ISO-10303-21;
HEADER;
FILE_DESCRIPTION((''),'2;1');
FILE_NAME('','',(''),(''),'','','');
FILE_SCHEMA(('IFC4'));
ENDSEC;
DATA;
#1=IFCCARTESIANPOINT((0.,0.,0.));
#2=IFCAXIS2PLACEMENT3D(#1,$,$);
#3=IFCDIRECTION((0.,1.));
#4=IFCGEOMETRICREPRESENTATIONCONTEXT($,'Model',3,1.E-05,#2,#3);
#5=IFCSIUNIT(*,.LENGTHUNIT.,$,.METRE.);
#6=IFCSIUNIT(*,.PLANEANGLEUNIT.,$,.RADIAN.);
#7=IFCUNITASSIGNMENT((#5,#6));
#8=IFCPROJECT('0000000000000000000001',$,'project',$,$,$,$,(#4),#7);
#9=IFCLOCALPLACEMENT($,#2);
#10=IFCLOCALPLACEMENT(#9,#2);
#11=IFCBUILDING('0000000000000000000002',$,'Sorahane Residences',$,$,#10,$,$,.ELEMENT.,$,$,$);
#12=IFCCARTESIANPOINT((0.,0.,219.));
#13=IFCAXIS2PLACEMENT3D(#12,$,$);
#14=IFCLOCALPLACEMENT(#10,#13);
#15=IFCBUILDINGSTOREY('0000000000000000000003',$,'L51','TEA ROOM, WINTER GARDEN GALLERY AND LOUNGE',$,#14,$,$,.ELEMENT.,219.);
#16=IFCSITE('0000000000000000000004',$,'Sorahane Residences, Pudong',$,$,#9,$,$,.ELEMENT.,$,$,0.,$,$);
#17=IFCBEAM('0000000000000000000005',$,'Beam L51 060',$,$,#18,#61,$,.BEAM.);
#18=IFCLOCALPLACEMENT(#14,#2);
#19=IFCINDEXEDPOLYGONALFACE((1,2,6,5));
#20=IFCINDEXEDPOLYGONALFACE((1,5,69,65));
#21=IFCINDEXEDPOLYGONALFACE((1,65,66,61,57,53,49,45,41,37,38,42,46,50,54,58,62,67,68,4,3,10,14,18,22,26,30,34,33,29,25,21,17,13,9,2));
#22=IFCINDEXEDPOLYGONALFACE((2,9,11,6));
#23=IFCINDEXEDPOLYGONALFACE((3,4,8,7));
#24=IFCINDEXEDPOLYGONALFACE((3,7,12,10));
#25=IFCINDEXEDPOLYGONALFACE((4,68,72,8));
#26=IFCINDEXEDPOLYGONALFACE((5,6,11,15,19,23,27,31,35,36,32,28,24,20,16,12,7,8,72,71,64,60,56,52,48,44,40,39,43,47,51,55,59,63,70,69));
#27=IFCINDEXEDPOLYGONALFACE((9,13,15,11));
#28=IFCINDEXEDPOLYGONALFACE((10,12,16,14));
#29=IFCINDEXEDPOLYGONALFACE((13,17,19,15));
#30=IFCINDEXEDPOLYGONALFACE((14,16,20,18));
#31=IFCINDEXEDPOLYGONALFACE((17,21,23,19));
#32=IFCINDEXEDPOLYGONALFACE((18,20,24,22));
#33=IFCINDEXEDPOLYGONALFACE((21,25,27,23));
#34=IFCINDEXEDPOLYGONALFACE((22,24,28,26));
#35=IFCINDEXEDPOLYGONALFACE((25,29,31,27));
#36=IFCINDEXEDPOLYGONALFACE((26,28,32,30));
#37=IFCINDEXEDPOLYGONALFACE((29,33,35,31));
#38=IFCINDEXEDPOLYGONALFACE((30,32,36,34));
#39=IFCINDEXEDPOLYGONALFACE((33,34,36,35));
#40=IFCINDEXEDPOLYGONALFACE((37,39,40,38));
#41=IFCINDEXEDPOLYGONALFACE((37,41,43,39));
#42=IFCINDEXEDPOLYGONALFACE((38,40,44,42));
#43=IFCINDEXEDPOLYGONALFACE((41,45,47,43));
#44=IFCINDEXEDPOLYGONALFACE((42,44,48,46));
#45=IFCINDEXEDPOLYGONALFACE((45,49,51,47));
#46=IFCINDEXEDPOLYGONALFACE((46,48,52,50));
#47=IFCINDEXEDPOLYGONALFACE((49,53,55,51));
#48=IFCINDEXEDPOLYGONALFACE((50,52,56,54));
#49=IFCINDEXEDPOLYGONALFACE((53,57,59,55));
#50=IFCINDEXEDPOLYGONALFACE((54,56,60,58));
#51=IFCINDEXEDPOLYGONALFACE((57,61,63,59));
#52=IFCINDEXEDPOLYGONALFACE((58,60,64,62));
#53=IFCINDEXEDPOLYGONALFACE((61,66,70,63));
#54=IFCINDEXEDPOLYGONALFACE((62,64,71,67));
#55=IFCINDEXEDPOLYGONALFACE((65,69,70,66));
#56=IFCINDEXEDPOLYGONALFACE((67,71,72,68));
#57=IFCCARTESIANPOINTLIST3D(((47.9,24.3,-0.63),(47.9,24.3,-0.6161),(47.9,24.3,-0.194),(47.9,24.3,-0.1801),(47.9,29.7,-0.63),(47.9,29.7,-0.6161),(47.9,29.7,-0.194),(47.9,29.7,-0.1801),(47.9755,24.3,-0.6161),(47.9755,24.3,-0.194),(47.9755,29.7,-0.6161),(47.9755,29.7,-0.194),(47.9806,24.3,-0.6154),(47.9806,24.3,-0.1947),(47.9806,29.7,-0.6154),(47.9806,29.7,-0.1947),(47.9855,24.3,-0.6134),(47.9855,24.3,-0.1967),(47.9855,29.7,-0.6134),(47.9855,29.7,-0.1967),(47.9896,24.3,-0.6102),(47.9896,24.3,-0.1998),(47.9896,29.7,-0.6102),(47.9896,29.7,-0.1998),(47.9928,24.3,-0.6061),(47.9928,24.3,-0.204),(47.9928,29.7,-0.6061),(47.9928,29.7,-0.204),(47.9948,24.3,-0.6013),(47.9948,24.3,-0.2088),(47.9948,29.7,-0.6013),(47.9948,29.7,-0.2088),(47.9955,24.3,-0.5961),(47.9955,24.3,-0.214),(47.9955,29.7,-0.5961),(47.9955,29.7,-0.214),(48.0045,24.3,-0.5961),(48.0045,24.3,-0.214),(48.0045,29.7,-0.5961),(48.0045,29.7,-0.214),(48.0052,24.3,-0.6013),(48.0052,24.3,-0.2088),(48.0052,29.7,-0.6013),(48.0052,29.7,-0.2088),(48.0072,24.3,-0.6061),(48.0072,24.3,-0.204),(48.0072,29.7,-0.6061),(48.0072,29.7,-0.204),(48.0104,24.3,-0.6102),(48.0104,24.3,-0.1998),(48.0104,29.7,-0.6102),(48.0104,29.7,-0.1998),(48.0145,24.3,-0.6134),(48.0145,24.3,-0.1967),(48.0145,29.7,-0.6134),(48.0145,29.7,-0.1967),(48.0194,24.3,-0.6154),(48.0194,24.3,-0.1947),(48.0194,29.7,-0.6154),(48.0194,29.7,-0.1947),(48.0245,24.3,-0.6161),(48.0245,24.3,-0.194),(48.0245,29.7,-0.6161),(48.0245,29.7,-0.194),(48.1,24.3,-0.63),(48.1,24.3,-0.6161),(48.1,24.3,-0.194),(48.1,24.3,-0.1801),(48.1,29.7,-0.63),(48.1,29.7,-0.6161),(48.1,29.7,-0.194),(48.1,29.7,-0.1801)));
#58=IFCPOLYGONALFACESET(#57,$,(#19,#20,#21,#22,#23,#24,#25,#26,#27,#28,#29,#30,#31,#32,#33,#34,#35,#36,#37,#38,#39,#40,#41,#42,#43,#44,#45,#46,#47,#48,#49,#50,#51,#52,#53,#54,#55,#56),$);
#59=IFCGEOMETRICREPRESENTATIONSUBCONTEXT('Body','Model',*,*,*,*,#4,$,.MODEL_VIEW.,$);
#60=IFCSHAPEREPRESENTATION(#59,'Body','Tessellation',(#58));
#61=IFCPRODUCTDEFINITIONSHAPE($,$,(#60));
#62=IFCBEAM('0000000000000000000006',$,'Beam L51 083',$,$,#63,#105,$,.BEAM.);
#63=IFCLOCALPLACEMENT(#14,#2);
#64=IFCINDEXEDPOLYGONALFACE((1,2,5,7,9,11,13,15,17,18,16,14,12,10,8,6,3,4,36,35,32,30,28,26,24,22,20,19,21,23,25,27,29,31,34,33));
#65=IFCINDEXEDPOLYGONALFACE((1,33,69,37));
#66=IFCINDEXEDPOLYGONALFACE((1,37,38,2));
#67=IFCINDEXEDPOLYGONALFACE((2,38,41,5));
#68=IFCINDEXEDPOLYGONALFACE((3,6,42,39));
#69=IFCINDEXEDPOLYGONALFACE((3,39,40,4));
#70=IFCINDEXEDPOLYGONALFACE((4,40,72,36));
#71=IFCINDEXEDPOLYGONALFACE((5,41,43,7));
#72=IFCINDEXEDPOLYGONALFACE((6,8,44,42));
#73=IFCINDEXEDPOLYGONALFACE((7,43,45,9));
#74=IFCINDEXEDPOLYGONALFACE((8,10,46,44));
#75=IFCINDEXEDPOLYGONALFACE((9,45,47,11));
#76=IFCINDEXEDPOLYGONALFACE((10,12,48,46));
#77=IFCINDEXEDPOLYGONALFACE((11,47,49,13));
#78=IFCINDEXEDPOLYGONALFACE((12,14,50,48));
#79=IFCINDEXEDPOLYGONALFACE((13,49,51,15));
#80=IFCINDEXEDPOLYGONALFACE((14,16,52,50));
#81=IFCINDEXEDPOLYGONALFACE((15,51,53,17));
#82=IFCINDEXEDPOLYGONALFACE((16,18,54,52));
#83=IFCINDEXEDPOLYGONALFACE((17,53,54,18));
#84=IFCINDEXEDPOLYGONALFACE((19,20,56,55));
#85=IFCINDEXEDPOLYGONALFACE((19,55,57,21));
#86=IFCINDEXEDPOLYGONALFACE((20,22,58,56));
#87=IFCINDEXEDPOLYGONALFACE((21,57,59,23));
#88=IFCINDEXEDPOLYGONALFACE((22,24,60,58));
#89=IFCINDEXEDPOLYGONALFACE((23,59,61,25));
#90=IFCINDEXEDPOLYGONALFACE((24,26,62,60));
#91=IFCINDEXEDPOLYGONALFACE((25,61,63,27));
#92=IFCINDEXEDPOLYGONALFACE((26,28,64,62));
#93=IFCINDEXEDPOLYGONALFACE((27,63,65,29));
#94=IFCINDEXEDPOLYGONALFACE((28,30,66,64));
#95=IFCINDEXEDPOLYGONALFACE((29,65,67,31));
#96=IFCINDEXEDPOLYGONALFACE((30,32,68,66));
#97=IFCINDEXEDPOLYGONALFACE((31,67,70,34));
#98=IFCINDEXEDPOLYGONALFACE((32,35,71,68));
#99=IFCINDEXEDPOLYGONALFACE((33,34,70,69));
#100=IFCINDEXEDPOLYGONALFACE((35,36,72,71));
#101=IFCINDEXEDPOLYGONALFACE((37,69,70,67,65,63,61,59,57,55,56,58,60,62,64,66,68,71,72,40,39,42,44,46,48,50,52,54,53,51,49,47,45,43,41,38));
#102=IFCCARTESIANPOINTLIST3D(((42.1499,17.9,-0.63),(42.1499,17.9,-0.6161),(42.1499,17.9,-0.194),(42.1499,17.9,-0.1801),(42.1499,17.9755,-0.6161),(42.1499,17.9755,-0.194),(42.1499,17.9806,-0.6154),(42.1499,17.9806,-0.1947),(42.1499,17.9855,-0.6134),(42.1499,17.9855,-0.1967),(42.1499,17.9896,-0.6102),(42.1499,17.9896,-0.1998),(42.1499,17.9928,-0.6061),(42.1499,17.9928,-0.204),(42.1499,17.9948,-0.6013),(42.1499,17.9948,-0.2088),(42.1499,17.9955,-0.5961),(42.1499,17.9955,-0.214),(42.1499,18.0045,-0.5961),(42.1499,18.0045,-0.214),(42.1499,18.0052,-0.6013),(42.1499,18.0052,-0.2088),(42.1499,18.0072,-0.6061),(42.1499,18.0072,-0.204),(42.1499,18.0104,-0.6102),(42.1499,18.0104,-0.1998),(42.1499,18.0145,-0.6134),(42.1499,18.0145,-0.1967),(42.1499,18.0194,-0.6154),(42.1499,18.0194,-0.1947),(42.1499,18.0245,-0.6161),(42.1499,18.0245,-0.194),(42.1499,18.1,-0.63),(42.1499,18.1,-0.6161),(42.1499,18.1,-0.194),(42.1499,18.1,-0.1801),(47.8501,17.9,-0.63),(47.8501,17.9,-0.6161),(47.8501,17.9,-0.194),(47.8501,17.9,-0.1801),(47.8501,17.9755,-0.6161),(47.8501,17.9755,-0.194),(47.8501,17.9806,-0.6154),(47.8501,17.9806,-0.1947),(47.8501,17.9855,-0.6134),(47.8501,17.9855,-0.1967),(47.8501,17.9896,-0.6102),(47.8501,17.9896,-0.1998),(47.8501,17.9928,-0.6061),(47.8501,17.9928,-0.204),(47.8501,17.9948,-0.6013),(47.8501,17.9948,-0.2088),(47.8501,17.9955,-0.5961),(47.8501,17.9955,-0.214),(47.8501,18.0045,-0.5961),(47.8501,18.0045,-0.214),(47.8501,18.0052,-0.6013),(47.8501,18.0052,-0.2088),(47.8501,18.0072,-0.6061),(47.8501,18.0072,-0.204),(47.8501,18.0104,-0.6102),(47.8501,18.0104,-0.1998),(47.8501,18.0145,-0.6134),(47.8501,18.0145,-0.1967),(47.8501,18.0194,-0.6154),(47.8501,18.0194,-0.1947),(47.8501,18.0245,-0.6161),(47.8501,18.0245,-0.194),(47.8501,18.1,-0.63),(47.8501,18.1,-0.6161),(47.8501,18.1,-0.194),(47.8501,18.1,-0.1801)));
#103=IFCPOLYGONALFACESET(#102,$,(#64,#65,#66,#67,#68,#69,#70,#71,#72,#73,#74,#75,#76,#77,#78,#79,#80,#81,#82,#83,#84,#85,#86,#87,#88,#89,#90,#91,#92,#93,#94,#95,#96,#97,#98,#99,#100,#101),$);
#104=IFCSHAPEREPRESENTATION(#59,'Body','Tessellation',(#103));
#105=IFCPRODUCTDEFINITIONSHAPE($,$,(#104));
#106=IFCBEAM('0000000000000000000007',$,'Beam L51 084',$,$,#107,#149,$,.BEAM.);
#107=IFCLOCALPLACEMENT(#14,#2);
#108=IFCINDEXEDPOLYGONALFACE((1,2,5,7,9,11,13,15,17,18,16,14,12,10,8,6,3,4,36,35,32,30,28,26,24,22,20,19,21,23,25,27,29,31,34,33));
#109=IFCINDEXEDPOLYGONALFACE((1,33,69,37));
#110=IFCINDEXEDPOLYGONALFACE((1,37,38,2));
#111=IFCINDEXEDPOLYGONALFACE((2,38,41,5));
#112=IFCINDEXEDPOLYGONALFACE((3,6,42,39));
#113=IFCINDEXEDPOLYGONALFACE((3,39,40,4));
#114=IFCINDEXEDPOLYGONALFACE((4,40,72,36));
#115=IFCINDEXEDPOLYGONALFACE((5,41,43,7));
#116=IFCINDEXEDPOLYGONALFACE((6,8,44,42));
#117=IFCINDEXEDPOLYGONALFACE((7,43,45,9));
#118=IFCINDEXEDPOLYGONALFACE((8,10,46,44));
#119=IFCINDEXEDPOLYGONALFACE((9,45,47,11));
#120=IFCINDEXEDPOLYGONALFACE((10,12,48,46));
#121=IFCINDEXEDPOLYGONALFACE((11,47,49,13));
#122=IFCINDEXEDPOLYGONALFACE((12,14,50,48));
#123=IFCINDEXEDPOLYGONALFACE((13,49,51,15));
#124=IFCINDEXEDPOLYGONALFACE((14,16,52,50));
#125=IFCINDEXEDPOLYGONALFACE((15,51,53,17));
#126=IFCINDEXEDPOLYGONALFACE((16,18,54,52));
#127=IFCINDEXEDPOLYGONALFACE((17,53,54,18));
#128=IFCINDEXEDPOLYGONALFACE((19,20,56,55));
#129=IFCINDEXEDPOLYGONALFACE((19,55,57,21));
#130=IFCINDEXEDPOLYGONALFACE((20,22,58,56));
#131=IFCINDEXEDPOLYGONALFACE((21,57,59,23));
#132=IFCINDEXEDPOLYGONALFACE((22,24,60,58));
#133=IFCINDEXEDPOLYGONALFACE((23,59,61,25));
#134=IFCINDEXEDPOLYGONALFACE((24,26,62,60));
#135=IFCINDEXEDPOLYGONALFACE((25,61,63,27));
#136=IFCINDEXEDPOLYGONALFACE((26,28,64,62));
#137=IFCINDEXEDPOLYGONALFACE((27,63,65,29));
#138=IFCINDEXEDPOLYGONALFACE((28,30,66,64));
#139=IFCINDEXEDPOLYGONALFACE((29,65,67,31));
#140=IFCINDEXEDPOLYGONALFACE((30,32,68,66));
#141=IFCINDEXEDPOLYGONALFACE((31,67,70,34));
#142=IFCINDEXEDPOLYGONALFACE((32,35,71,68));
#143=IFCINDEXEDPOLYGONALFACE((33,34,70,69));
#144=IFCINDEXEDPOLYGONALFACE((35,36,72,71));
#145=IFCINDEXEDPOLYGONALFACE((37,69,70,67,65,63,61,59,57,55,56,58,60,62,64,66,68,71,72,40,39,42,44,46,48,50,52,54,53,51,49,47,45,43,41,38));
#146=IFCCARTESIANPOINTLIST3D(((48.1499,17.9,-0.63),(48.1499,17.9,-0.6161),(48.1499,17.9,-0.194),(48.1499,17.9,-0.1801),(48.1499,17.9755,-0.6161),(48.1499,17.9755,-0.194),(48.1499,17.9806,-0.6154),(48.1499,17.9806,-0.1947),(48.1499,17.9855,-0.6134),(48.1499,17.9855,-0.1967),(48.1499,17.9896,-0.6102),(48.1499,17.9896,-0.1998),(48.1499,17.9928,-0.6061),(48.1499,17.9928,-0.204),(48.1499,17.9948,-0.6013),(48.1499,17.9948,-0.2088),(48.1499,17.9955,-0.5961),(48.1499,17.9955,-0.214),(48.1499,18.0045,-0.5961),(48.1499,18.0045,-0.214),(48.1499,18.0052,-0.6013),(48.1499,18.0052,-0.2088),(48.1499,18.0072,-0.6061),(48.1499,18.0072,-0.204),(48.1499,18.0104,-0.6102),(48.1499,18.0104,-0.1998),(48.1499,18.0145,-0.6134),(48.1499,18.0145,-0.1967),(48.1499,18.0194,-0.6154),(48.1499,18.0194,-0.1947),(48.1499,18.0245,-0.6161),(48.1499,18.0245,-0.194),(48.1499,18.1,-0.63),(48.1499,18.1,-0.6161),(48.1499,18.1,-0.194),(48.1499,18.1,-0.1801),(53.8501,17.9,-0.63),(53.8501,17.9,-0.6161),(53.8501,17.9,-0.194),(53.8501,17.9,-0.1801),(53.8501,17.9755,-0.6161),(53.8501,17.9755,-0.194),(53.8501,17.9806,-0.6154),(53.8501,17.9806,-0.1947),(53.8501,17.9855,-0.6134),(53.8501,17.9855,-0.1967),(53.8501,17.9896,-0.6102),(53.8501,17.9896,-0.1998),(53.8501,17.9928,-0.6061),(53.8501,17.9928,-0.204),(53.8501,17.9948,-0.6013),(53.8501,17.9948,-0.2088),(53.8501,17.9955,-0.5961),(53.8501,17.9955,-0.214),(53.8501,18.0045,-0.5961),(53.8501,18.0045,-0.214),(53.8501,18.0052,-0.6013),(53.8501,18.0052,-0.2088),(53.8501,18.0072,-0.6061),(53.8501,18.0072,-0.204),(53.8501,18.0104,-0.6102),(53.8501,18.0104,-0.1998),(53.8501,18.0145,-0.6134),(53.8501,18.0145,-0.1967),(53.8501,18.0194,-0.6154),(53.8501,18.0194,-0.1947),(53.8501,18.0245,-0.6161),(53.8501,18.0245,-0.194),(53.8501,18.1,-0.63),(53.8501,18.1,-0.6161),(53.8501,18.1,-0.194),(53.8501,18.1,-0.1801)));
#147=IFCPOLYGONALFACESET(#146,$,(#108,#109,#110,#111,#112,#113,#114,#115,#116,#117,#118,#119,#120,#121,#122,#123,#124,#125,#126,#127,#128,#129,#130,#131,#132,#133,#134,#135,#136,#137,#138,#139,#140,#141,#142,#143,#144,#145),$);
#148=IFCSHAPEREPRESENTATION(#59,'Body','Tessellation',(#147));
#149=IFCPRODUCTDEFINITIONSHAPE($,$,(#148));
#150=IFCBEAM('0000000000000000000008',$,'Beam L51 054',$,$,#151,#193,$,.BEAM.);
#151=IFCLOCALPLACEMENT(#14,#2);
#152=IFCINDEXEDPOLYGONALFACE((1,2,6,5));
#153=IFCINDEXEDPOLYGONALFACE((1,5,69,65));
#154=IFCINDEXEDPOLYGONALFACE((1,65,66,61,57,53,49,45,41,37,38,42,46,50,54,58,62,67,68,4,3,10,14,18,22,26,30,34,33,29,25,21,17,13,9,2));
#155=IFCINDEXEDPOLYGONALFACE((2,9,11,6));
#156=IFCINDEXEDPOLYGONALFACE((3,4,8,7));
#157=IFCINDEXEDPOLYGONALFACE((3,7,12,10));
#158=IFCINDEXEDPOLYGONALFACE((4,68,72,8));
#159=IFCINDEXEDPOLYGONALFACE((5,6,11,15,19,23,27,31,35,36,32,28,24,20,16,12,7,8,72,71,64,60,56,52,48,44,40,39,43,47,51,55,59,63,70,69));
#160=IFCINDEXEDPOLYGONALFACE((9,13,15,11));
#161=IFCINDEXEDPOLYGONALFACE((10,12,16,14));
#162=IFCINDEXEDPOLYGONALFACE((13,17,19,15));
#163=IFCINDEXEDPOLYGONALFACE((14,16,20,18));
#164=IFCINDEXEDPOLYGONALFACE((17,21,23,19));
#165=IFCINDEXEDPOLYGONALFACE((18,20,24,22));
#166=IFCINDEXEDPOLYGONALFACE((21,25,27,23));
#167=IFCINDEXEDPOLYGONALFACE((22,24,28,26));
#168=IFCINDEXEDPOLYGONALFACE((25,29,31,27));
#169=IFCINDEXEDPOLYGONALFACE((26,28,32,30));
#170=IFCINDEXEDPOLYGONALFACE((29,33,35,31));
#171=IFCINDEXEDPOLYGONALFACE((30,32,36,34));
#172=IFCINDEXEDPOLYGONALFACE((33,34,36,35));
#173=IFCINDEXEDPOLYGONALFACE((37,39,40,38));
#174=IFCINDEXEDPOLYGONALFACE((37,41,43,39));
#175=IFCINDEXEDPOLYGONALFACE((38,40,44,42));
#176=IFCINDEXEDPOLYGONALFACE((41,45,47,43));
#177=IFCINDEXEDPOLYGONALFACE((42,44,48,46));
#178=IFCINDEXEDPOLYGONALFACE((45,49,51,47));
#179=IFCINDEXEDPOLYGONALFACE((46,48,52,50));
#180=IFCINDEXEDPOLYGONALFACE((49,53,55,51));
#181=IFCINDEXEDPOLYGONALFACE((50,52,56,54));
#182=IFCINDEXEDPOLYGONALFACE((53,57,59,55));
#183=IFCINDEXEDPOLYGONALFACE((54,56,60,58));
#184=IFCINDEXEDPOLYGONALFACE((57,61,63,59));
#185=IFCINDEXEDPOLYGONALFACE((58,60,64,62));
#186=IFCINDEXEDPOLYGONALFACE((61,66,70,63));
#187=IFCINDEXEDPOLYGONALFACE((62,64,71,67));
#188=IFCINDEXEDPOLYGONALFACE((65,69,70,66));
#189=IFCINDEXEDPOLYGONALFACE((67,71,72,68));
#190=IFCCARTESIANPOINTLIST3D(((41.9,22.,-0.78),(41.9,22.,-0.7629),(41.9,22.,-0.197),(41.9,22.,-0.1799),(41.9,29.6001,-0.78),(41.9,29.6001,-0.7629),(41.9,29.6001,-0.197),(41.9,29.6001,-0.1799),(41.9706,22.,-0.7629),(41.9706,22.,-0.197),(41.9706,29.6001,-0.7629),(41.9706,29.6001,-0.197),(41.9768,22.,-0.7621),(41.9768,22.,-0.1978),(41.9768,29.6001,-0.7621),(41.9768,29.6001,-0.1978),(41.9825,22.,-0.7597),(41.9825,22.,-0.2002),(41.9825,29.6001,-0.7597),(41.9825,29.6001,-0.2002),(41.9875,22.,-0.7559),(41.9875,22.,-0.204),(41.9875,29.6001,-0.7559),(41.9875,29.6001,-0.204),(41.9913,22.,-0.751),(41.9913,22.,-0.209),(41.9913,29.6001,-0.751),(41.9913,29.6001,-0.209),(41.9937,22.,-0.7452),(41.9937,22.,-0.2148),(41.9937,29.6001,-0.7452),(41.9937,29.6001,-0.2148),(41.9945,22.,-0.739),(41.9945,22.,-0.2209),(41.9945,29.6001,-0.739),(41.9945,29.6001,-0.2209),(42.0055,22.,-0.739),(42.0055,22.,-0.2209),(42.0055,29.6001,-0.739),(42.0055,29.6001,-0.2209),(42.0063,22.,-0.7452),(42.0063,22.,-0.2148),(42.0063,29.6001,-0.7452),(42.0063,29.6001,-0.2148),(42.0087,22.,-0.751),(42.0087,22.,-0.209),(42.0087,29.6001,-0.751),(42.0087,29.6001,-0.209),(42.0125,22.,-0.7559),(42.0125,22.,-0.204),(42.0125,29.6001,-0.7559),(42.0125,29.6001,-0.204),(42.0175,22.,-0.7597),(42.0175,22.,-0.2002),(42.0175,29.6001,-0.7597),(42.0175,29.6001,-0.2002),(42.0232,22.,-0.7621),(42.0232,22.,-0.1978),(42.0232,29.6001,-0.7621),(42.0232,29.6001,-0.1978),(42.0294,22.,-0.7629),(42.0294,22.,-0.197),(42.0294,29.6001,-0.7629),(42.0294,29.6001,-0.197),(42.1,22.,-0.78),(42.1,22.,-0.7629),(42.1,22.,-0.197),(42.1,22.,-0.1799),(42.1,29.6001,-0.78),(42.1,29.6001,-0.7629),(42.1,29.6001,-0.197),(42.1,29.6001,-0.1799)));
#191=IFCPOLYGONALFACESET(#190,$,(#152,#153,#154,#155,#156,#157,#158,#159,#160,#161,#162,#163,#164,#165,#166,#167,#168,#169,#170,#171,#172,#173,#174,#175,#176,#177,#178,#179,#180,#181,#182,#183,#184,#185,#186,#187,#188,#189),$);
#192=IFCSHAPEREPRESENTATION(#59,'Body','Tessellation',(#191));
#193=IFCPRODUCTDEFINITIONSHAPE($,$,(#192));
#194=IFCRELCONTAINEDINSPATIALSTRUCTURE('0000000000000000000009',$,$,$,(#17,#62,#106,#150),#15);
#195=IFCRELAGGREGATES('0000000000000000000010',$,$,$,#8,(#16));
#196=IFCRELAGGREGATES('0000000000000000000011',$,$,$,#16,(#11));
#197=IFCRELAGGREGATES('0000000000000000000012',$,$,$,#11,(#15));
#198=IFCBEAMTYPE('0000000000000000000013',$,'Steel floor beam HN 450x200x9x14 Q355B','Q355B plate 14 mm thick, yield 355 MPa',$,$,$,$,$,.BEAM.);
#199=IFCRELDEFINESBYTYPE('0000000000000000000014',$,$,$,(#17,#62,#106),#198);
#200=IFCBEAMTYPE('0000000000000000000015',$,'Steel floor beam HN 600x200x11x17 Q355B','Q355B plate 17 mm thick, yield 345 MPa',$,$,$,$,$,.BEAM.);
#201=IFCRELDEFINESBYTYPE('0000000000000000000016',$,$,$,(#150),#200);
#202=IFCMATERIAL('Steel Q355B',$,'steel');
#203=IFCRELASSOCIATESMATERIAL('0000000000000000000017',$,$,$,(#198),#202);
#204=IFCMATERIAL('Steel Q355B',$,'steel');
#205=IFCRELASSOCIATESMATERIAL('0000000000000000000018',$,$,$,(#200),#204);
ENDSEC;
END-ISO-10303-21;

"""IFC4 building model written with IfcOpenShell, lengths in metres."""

from ifc_helpers import new_model, si_unit, direction, frame, origin, origin_2d, place, context, subcontext, project, spatial, i_section, extrude, material, material_profile, profile_set, type_object, element, save


model = new_model("IFC4")

# Units and contexts
model_context = context("Model", 3, precision=1e-05, world=origin(), true_north=direction((0.0, 1.0)))
body_context = subcontext(model_context, "Body", "Model", "MODEL_VIEW")
ifc_project = project(units=[si_unit("LENGTHUNIT", "METRE"), si_unit("PLANEANGLEUNIT", "RADIAN")], contexts=[model_context])

# Site, building, storey
site_placement = place(None, origin())
site = spatial("IfcSite", under=ifc_project, at=site_placement, Name="Sorahane Residences, Pudong", CompositionType="ELEMENT", RefElevation=0.0)
building_placement = place(site_placement, origin())
building = spatial("IfcBuilding", under=site, at=building_placement, Name="Sorahane Residences", CompositionType="ELEMENT")
storey_placement = place(building_placement, frame((0.0, 0.0, 219.0)))
storey = spatial("IfcBuildingStorey", under=building, at=storey_placement, Name="L51", Description="TEA ROOM, WINTER GARDEN GALLERY AND LOUNGE", CompositionType="ELEMENT", Elevation=219.0)

# Beams
ifc_material_1 = material(Name="Steel Q355B", Category="steel")
ifc_material_profile_1 = material_profile(ifc_material_1, i_section(OverallWidth=0.2, OverallDepth=0.45, WebThickness=0.009, FlangeThickness=0.0139, FilletRadius=0.02, at=origin_2d()), Name="HN 450x200x9x14")
ifc_profile_set_1 = profile_set([ifc_material_profile_1], Name="Steel Q355B")
beam_type_1 = type_object("IfcBeamType", Name="Steel floor beam HN 450x200x9x14 Q355B", Description="Q355B plate 14 mm thick, yield 355 MPa", PredefinedType="BEAM", material=ifc_profile_set_1)
beam_1_placement = place(storey_placement, frame((48.0, 24.3, -0.405), z_axis=(0.0, 1.0, 0.0), x_axis=(-1.0, 0.0, 0.0)))
element("IfcBeam", 1, at=beam_1_placement, inside=storey, type_object=beam_type_1, Name="Beam L51 060", PredefinedType="BEAM", context=body_context, shape_type="SweptSolid", body=[
    extrude(i_section(OverallWidth=0.2, OverallDepth=0.45, WebThickness=0.009, FlangeThickness=0.0139, FilletRadius=0.02, at=origin_2d()), origin(), (0.0, 0.0, 1.0), 5.3999),
])
for number, where, z_axis, x_axis, name in (
    (2, (42.1499, 18.0, -0.405), (1.0, 0.0, 0.0), (0.0, 1.0, 0.0), "Beam L51 083"),
    (3, (48.1499, 18.0, -0.405), (1.0, 0.0, 0.0), (0.0, 1.0, 0.0), "Beam L51 084"),
):
    element("IfcBeam", number, at=place(storey_placement, frame(where, z_axis=z_axis, x_axis=x_axis)), inside=storey, type_object=beam_type_1, Name=name, PredefinedType="BEAM", context=body_context, shape_type="SweptSolid", body=[
        extrude(i_section(OverallWidth=0.2, OverallDepth=0.45, WebThickness=0.009, FlangeThickness=0.0139, FilletRadius=0.02, at=origin_2d()), origin(), (0.0, 0.0, 1.0), 5.7002),
    ])
ifc_material_2 = material(Name="Steel Q355B", Category="steel")
ifc_material_profile_2 = material_profile(ifc_material_2, i_section(OverallWidth=0.2, OverallDepth=0.6001, WebThickness=0.011, FlangeThickness=0.0171, FilletRadius=0.0239, at=origin_2d()), Name="HN 600x200x11x17")
ifc_profile_set_2 = profile_set([ifc_material_profile_2], Name="Steel Q355B")
beam_type_2 = type_object("IfcBeamType", Name="Steel floor beam HN 600x200x11x17 Q355B", Description="Q355B plate 17 mm thick, yield 345 MPa", PredefinedType="BEAM", material=ifc_profile_set_2)
beam_2_placement = place(storey_placement, frame((42.0, 22.0, -0.48), z_axis=(0.0, 1.0, 0.0), x_axis=(-1.0, 0.0, 0.0)))
element("IfcBeam", 4, at=beam_2_placement, inside=storey, type_object=beam_type_2, Name="Beam L51 054", PredefinedType="BEAM", context=body_context, shape_type="SweptSolid", body=[
    extrude(i_section(OverallWidth=0.2, OverallDepth=0.6001, WebThickness=0.011, FlangeThickness=0.0171, FilletRadius=0.0239, at=origin_2d()), origin(), (0.0, 0.0, 1.0), 7.6001),
])

save(model, "model.ifc")
